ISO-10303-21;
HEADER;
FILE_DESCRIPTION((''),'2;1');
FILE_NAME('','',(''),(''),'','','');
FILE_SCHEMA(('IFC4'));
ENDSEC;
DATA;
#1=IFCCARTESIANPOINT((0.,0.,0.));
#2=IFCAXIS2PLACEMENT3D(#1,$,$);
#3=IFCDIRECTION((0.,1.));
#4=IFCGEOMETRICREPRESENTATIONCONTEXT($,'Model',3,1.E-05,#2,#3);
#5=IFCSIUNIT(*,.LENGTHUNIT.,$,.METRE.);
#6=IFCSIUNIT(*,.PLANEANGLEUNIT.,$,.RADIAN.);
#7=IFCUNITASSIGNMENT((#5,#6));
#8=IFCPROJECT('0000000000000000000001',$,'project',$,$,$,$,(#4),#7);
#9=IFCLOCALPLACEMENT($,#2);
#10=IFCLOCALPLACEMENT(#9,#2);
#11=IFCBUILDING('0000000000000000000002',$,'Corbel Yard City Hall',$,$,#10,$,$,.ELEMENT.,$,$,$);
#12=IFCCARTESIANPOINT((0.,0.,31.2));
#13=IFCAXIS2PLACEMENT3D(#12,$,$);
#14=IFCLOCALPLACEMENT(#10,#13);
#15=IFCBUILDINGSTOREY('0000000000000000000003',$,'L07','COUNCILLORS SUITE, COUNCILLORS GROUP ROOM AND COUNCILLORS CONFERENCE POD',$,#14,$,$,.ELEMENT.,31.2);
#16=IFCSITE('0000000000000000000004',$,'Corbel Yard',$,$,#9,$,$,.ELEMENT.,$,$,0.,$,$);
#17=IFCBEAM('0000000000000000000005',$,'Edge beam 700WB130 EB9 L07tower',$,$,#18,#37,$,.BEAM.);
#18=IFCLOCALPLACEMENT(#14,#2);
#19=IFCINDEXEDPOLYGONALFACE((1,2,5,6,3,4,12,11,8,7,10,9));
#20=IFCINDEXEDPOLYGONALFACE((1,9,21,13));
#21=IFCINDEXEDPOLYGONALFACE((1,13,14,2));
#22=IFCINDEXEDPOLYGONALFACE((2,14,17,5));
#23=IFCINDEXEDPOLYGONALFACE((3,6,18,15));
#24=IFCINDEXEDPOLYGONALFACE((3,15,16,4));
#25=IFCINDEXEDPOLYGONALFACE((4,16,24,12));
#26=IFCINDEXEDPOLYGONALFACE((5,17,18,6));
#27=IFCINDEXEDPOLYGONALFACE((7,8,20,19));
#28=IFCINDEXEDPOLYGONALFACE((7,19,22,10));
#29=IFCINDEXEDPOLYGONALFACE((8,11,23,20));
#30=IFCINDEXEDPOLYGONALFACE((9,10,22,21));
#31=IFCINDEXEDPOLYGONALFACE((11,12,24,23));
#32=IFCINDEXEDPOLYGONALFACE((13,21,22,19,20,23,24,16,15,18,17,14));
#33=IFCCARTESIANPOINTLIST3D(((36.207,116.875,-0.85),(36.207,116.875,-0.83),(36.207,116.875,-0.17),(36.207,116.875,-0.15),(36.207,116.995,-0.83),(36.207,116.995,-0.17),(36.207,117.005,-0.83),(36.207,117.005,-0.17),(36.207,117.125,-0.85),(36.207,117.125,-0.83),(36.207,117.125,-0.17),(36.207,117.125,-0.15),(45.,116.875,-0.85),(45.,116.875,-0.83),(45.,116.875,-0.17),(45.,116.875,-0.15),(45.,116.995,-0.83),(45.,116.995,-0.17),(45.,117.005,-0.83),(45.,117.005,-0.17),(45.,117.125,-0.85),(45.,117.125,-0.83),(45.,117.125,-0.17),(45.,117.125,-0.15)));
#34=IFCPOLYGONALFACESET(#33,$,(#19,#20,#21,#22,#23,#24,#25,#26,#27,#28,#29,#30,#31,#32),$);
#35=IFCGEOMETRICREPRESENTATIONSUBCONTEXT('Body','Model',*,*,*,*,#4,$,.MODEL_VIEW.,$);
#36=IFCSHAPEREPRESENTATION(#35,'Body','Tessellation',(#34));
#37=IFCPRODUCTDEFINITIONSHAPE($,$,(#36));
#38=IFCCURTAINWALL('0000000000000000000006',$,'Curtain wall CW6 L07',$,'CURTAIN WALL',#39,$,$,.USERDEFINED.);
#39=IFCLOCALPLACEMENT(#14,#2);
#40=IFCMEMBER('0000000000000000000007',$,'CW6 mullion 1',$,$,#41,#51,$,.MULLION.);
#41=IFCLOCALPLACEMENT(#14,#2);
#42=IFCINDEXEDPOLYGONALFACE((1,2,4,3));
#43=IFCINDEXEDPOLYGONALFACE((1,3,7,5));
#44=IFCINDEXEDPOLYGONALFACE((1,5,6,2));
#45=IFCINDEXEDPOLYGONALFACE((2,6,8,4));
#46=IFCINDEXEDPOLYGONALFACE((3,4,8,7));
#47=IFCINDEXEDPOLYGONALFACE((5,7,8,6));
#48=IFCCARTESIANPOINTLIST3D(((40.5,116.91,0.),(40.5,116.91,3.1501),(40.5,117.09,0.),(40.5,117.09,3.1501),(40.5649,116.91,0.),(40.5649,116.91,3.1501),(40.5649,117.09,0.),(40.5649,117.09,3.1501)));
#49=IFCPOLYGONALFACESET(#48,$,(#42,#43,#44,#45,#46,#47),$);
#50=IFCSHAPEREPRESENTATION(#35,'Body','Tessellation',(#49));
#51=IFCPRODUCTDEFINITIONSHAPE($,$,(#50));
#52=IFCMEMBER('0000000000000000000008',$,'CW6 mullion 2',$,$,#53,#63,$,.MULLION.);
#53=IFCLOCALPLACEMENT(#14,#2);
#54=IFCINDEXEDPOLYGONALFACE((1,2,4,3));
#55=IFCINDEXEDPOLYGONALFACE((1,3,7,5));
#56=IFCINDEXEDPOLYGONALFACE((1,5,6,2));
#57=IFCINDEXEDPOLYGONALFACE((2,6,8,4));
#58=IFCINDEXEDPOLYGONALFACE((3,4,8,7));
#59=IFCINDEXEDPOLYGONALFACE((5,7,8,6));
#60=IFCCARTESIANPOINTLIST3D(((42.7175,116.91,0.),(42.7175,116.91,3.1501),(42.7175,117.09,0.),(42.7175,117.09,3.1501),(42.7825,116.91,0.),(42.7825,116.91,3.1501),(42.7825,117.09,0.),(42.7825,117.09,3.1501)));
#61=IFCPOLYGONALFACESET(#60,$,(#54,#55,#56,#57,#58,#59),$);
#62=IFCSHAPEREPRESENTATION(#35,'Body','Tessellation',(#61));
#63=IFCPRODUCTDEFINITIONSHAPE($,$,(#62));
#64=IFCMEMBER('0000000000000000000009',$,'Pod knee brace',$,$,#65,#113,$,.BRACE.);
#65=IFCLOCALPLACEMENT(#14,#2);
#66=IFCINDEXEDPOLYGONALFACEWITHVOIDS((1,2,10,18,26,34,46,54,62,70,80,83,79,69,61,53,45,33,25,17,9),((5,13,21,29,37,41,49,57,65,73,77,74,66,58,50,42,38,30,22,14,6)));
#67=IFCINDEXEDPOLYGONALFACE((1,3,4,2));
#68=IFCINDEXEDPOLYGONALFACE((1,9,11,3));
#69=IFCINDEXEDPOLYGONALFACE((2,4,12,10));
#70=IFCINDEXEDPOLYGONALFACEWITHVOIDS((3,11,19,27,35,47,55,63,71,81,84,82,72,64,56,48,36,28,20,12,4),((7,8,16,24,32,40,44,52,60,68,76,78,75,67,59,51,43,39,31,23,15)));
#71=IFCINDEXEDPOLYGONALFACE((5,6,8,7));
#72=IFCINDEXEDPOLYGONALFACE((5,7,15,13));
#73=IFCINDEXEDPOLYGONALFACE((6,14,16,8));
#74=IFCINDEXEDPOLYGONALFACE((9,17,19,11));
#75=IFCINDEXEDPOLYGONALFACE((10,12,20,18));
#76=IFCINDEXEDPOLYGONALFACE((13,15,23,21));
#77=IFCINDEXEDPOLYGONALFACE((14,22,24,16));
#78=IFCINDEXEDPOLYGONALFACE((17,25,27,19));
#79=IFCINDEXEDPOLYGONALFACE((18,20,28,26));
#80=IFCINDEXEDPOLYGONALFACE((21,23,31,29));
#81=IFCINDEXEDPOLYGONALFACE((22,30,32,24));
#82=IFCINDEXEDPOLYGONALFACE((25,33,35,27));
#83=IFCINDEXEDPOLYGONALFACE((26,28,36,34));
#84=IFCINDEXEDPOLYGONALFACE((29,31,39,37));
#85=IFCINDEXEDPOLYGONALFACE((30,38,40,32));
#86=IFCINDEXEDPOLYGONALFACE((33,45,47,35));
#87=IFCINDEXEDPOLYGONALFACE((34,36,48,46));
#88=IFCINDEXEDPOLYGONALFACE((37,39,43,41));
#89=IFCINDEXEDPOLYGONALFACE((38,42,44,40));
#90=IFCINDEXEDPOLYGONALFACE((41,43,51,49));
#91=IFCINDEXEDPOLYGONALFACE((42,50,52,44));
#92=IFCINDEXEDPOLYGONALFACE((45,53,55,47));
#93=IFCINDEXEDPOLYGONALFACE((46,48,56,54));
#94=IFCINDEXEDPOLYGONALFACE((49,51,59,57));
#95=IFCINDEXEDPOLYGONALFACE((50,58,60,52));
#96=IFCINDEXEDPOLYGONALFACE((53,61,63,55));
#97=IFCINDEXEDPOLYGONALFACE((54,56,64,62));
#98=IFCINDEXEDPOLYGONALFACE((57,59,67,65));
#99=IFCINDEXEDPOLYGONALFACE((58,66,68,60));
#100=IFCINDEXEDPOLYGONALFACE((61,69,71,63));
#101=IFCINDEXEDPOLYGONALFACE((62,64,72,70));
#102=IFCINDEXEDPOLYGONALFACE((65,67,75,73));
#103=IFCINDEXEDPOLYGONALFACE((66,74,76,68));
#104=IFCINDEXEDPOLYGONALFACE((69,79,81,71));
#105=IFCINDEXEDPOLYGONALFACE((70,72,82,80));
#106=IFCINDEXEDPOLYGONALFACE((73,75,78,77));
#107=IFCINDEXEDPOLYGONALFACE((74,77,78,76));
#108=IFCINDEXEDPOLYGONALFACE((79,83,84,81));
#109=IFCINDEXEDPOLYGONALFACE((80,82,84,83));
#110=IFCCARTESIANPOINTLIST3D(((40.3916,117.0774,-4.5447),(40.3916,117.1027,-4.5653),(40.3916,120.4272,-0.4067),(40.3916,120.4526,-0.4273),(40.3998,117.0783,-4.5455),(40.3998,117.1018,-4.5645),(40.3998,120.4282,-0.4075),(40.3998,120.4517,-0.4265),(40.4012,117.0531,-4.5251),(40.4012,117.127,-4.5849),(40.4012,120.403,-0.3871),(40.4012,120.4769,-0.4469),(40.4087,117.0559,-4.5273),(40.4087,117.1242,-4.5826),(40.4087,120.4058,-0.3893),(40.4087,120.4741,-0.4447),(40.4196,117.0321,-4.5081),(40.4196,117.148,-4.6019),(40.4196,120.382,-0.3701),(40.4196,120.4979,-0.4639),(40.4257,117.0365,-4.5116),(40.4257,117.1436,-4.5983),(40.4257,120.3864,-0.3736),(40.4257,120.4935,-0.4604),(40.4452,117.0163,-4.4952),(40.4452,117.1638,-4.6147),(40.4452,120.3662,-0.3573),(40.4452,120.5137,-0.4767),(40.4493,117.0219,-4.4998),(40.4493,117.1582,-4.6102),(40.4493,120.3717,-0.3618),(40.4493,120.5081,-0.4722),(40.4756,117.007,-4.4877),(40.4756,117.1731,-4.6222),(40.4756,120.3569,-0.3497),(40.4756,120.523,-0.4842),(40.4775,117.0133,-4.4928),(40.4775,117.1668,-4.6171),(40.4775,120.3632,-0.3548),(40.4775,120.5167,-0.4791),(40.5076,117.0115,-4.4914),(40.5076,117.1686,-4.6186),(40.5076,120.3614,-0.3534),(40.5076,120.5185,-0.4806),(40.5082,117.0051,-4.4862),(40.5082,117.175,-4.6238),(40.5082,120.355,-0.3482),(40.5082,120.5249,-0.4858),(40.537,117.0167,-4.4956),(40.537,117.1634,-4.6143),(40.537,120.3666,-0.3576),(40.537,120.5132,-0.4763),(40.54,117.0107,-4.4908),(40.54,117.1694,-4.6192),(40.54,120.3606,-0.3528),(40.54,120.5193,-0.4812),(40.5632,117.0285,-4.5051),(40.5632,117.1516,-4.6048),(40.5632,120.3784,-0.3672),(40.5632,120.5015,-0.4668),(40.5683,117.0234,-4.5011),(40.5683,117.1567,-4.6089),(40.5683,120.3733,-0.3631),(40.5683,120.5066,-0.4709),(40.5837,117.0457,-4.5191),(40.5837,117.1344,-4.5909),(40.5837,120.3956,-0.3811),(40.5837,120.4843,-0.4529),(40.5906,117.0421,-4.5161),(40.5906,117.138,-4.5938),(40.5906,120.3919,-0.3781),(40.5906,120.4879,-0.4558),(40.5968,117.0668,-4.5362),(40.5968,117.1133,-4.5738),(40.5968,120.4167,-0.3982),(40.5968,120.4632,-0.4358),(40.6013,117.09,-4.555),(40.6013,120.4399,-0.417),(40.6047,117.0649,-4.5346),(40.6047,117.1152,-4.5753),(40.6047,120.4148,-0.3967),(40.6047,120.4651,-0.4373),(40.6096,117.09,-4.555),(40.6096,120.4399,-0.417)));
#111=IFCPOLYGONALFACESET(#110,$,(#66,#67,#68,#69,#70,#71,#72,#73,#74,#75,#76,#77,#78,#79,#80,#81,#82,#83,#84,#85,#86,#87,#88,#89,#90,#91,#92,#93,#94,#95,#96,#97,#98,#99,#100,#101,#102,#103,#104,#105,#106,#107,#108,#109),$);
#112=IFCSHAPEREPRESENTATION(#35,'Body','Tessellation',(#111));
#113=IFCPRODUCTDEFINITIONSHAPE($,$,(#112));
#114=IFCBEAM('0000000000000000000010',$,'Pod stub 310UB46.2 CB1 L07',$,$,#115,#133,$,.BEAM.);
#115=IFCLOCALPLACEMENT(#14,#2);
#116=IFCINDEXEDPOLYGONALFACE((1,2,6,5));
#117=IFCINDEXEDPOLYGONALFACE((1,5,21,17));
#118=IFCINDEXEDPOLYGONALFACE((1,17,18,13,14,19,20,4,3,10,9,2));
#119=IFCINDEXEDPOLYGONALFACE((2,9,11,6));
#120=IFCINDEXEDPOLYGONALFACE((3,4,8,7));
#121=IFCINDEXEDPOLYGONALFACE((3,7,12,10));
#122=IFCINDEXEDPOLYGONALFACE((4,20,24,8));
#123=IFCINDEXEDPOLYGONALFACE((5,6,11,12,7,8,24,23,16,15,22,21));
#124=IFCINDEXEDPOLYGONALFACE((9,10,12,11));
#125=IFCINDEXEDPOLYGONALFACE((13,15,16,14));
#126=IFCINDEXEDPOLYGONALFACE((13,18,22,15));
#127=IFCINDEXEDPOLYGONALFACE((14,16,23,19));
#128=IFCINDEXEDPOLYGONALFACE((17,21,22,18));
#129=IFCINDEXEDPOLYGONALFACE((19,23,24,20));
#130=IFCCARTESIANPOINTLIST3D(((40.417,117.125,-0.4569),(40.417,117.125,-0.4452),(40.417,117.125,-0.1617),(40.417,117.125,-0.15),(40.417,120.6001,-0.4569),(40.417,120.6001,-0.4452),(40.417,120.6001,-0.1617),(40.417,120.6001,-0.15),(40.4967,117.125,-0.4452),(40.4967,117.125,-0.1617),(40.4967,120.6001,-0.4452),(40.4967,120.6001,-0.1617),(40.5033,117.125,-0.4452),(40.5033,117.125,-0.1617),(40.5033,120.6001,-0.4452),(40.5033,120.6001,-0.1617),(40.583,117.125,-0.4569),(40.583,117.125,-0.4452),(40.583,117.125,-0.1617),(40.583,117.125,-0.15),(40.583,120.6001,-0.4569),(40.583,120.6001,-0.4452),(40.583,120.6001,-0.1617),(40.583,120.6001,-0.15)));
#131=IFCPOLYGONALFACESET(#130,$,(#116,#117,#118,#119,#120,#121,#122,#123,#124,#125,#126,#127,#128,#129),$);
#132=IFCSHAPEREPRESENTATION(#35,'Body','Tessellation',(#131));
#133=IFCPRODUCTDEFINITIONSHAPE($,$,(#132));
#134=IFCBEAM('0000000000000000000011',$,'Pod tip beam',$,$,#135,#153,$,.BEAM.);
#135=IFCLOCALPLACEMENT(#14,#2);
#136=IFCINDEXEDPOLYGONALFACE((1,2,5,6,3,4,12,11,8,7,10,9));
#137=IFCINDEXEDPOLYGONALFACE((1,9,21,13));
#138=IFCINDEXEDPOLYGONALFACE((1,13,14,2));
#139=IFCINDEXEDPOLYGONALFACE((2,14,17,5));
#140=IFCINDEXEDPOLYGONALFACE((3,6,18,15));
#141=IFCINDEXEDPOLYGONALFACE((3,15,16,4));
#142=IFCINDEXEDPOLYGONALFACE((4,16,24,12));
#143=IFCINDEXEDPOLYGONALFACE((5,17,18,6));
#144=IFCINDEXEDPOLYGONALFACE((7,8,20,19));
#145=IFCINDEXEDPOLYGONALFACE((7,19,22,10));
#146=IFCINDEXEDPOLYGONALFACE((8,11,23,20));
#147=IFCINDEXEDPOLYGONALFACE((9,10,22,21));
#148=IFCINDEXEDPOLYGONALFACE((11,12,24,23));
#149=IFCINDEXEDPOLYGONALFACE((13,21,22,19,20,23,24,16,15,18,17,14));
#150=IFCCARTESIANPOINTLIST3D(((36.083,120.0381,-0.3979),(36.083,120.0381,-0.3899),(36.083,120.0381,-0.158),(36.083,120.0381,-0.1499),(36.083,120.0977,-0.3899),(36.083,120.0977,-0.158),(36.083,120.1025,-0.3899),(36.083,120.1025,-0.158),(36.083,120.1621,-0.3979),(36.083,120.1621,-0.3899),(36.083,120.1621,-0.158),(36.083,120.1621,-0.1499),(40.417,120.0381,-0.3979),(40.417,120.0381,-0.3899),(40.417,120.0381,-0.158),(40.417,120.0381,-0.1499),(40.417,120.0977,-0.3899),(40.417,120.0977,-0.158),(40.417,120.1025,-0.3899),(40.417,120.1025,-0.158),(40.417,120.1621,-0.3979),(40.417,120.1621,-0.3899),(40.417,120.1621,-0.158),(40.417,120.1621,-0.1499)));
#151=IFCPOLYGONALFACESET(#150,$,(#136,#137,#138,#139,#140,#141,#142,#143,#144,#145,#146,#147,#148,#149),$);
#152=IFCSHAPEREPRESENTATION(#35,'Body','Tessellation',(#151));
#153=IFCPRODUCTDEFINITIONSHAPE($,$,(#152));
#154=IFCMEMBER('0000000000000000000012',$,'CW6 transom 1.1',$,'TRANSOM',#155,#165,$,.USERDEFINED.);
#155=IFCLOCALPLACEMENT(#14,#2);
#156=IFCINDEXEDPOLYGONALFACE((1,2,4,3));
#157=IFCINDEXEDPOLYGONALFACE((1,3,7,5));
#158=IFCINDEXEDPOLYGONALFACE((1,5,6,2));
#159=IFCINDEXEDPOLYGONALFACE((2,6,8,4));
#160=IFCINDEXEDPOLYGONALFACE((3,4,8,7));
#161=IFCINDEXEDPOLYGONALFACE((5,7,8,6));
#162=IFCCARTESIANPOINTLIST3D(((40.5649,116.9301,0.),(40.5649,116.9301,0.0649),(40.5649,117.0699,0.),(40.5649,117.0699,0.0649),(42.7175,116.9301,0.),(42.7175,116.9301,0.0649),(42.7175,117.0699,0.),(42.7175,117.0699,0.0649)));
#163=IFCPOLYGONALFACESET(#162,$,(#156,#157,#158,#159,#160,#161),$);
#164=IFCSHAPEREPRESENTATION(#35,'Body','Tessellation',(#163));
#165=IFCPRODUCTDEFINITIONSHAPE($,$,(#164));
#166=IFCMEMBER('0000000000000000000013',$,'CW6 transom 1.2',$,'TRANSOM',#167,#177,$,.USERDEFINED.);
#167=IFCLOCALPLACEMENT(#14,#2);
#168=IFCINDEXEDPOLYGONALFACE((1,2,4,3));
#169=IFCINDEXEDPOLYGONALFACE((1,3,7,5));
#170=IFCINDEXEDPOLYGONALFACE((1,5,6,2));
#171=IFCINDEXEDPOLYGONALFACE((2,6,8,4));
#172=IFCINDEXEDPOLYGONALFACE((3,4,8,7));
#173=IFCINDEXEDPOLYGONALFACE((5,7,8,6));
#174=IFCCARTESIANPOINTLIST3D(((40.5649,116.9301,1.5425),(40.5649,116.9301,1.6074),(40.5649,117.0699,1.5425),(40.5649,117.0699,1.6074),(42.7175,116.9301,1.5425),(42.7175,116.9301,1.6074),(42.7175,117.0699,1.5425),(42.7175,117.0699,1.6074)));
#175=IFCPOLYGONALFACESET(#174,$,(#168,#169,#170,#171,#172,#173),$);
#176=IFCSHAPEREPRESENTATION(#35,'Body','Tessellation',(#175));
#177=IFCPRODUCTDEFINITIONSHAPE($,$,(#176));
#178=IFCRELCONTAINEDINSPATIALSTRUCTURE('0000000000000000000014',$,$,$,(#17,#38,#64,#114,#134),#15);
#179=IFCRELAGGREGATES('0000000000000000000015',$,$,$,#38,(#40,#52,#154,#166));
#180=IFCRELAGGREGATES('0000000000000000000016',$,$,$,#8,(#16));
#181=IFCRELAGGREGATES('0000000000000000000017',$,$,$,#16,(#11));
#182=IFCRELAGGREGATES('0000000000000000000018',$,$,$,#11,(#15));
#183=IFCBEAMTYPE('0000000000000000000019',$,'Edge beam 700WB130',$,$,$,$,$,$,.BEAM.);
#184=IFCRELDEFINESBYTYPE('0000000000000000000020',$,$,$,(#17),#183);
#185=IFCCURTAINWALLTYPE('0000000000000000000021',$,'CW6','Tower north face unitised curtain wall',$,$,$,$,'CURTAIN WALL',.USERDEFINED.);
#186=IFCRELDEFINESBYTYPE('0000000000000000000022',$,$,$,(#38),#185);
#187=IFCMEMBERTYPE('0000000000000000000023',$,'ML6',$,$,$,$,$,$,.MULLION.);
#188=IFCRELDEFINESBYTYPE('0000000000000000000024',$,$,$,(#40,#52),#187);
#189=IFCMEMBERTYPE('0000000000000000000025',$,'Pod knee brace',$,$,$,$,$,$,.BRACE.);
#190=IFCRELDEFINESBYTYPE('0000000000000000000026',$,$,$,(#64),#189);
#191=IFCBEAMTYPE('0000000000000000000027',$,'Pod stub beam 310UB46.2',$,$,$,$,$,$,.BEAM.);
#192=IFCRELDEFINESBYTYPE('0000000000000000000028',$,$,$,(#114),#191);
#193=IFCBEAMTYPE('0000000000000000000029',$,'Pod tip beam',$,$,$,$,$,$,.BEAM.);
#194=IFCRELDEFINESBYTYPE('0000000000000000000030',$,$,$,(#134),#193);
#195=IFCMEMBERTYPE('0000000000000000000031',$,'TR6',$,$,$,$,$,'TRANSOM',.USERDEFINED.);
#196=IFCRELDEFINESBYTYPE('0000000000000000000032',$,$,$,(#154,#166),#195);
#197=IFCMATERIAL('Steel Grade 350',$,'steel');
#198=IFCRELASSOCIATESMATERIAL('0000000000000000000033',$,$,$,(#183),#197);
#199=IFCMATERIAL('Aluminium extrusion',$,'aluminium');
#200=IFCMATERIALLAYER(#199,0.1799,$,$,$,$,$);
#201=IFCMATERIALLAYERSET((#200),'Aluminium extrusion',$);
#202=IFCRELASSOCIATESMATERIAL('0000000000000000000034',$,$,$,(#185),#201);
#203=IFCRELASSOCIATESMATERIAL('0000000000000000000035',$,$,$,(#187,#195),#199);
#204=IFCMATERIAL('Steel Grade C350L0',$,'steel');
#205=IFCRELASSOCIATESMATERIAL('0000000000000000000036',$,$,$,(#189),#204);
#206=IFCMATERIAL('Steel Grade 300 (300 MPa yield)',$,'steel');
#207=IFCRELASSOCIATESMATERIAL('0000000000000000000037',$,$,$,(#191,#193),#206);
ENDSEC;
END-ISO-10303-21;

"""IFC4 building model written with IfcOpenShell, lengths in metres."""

from ifc_helpers import new_model, si_unit, direction, frame, origin, origin_2d, place, context, subcontext, project, spatial, rectangle, hollow_circle, i_section, extrude, material, layer, layer_set, material_profile, profile_set, type_object, element, aggregate, save


model = new_model("IFC4")

# Units and contexts
model_context = context("Model", 3, precision=1e-05, world=origin(), true_north=direction((0.0, 1.0)))
body_context = subcontext(model_context, "Body", "Model", "MODEL_VIEW")
ifc_project = project(units=[si_unit("LENGTHUNIT", "METRE"), si_unit("PLANEANGLEUNIT", "RADIAN")], contexts=[model_context])

# Site, building, storey
site_placement = place(None, origin())
site = spatial("IfcSite", under=ifc_project, at=site_placement, Name="Corbel Yard", CompositionType="ELEMENT", RefElevation=0.0)
building_placement = place(site_placement, origin())
building = spatial("IfcBuilding", under=site, at=building_placement, Name="Corbel Yard City Hall", CompositionType="ELEMENT")
storey_placement = place(building_placement, frame((0.0, 0.0, 31.2)))
storey = spatial("IfcBuildingStorey", under=building, at=storey_placement, Name="L07", Description="COUNCILLORS SUITE, COUNCILLORS GROUP ROOM AND COUNCILLORS CONFERENCE POD", CompositionType="ELEMENT", Elevation=31.2)

# Beam
ifc_material_1 = material(Name="Steel Grade 350", Category="steel")
ifc_material_profile_1 = material_profile(ifc_material_1, i_section(OverallWidth=0.25, OverallDepth=0.7, WebThickness=0.01, FlangeThickness=0.02, at=origin_2d()), Name="700WB130")
ifc_profile_set_1 = profile_set([ifc_material_profile_1], Name="Steel Grade 350")
beam_type_1 = type_object("IfcBeamType", Name="Edge beam 700WB130", PredefinedType="BEAM", material=ifc_profile_set_1)
beam_1_placement = place(storey_placement, frame((36.207, 117.0, -0.5), z_axis=(1.0, 0.0, 0.0), x_axis=(0.0, 1.0, 0.0)))
element("IfcBeam", 1, at=beam_1_placement, inside=storey, type_object=beam_type_1, Name="Edge beam 700WB130 EB9 L07tower", PredefinedType="BEAM", context=body_context, shape_type="SweptSolid", body=[
    extrude(i_section(OverallWidth=0.25, OverallDepth=0.7, WebThickness=0.01, FlangeThickness=0.02, at=origin_2d()), origin(), (0.0, 0.0, 1.0), 8.793),
])

# Curtain wall, members
ifc_material_2 = material(Name="Aluminium extrusion", Category="aluminium")
ifc_layer_1 = layer(ifc_material_2, 0.1799)
ifc_layer_set_1 = layer_set([ifc_layer_1], Name="Aluminium extrusion")
curtain_wall_type = type_object("IfcCurtainWallType", Name="CW6", Description="Tower north face unitised curtain wall", ElementType="CURTAIN WALL", PredefinedType="USERDEFINED", material=ifc_layer_set_1)
curtain_wall_placement = place(storey_placement, origin())
curtain_wall = element("IfcCurtainWall", 2, at=curtain_wall_placement, inside=storey, type_object=curtain_wall_type, Name="Curtain wall CW6 L07", ObjectType="CURTAIN WALL", PredefinedType="USERDEFINED")
ifc_material_profile_2 = material_profile(ifc_material_2, rectangle(XDim=0.1799, YDim=0.0649, at=origin_2d()), Name="180x65")
ifc_profile_set_2 = profile_set([ifc_material_profile_2], Name="Aluminium extrusion")
member_type_1 = type_object("IfcMemberType", Name="ML6", PredefinedType="MULLION", material=ifc_profile_set_2)
member_1_placement = place(storey_placement, frame((40.5325, 117.0, 0.0), z_axis=(0.0, 0.0, 1.0), x_axis=(0.0, 1.0, 0.0)))
member_1 = element("IfcMember", 3, at=member_1_placement, type_object=member_type_1, Name="CW6 mullion 1", PredefinedType="MULLION", context=body_context, shape_type="SweptSolid", body=[
    extrude(rectangle(XDim=0.1799, YDim=0.0649, at=origin_2d()), origin(), (0.0, 0.0, 1.0), 3.1501),
])
member_2_placement = place(storey_placement, frame((42.75, 117.0, 0.0), z_axis=(0.0, 0.0, 1.0), x_axis=(0.0, 1.0, 0.0)))
member_2 = element("IfcMember", 4, at=member_2_placement, type_object=member_type_1, Name="CW6 mullion 2", PredefinedType="MULLION", context=body_context, shape_type="SweptSolid", body=[
    extrude(rectangle(XDim=0.1799, YDim=0.0649, at=origin_2d()), origin(), (0.0, 0.0, 1.0), 3.1501),
])

# Member
ifc_material_3 = material(Name="Steel Grade C350L0", Category="steel")
ifc_material_profile_3 = material_profile(ifc_material_3, hollow_circle(Radius=0.1096, WallThickness=0.0083, at=origin_2d()), Name="219.1x8.2CHS")
ifc_profile_set_3 = profile_set([ifc_material_profile_3], Name="Steel Grade C350L0")
member_type_2 = type_object("IfcMemberType", Name="Pod knee brace", PredefinedType="BRACE", material=ifc_profile_set_3)
member_3_placement = place(storey_placement, frame((40.5, 120.4399, -0.417), z_axis=(0.0, -0.629209, -0.777236), x_axis=(1.0, 0.0, 0.0)))
element("IfcMember", 5, at=member_3_placement, inside=storey, type_object=member_type_2, Name="Pod knee brace", PredefinedType="BRACE", context=body_context, shape_type="SweptSolid", body=[
    extrude(hollow_circle(Radius=0.1096, WallThickness=0.0083, at=origin_2d()), origin(), (0.0, 0.0, 1.0), 5.324),
])

# Beams
ifc_material_4 = material(Name="Steel Grade 300 (300 MPa yield)", Category="steel")
ifc_material_profile_4 = material_profile(ifc_material_4, i_section(OverallWidth=0.166, OverallDepth=0.3069, WebThickness=0.0066, FlangeThickness=0.0117, at=origin_2d()), Name="310UB46.2")
ifc_profile_set_4 = profile_set([ifc_material_profile_4], Name="Steel Grade 300 (300 MPa yield)")
beam_type_2 = type_object("IfcBeamType", Name="Pod stub beam 310UB46.2", PredefinedType="BEAM", material=ifc_profile_set_4)
beam_2_placement = place(storey_placement, frame((40.5, 117.125, -0.3035), z_axis=(0.0, 1.0, 0.0), x_axis=(-1.0, 0.0, 0.0)))
element("IfcBeam", 6, at=beam_2_placement, inside=storey, type_object=beam_type_2, Name="Pod stub 310UB46.2 CB1 L07", PredefinedType="BEAM", context=body_context, shape_type="SweptSolid", body=[
    extrude(i_section(OverallWidth=0.166, OverallDepth=0.3069, WebThickness=0.0066, FlangeThickness=0.0117, at=origin_2d()), origin(), (0.0, 0.0, 1.0), 3.4751),
])
ifc_material_profile_5 = material_profile(ifc_material_4, i_section(OverallWidth=0.124, OverallDepth=0.248, WebThickness=0.0049, FlangeThickness=0.0081, at=origin_2d()), Name="250UB25.7")
ifc_profile_set_5 = profile_set([ifc_material_profile_5], Name="Steel Grade 300 (300 MPa yield)")
beam_type_3 = type_object("IfcBeamType", Name="Pod tip beam", PredefinedType="BEAM", material=ifc_profile_set_5)
beam_3_placement = place(storey_placement, frame((36.083, 120.1001, -0.2739), z_axis=(1.0, 0.0, 0.0), x_axis=(0.0, 1.0, 0.0)))
element("IfcBeam", 7, at=beam_3_placement, inside=storey, type_object=beam_type_3, Name="Pod tip beam", PredefinedType="BEAM", context=body_context, shape_type="SweptSolid", body=[
    extrude(i_section(OverallWidth=0.124, OverallDepth=0.248, WebThickness=0.0049, FlangeThickness=0.0081, at=origin_2d()), origin(), (0.0, 0.0, 1.0), 4.334),
])

# Members
ifc_material_profile_6 = material_profile(ifc_material_2, rectangle(XDim=0.1399, YDim=0.0649, at=origin_2d()), Name="140x65")
ifc_profile_set_6 = profile_set([ifc_material_profile_6], Name="Aluminium extrusion")
member_type_3 = type_object("IfcMemberType", Name="TR6", ElementType="TRANSOM", PredefinedType="USERDEFINED", material=ifc_profile_set_6)
member_4_placement = place(storey_placement, frame((40.5649, 117.0, 0.0325), z_axis=(1.0, 0.0, 0.0), x_axis=(0.0, 1.0, 0.0)))
member_4 = element("IfcMember", 8, at=member_4_placement, type_object=member_type_3, Name="CW6 transom 1.1", ObjectType="TRANSOM", PredefinedType="USERDEFINED", context=body_context, shape_type="SweptSolid", body=[
    extrude(rectangle(XDim=0.1399, YDim=0.0649, at=origin_2d()), origin(), (0.0, 0.0, 1.0), 2.1526),
])
member_5_placement = place(storey_placement, frame((40.5649, 117.0, 1.575), z_axis=(1.0, 0.0, 0.0), x_axis=(0.0, 1.0, 0.0)))
member_5 = element("IfcMember", 9, at=member_5_placement, type_object=member_type_3, Name="CW6 transom 1.2", ObjectType="TRANSOM", PredefinedType="USERDEFINED", context=body_context, shape_type="SweptSolid", body=[
    extrude(rectangle(XDim=0.1399, YDim=0.0649, at=origin_2d()), origin(), (0.0, 0.0, 1.0), 2.1526),
])

aggregate(curtain_wall, [member_1, member_2, member_4, member_5])

save(model, "model.ifc")
